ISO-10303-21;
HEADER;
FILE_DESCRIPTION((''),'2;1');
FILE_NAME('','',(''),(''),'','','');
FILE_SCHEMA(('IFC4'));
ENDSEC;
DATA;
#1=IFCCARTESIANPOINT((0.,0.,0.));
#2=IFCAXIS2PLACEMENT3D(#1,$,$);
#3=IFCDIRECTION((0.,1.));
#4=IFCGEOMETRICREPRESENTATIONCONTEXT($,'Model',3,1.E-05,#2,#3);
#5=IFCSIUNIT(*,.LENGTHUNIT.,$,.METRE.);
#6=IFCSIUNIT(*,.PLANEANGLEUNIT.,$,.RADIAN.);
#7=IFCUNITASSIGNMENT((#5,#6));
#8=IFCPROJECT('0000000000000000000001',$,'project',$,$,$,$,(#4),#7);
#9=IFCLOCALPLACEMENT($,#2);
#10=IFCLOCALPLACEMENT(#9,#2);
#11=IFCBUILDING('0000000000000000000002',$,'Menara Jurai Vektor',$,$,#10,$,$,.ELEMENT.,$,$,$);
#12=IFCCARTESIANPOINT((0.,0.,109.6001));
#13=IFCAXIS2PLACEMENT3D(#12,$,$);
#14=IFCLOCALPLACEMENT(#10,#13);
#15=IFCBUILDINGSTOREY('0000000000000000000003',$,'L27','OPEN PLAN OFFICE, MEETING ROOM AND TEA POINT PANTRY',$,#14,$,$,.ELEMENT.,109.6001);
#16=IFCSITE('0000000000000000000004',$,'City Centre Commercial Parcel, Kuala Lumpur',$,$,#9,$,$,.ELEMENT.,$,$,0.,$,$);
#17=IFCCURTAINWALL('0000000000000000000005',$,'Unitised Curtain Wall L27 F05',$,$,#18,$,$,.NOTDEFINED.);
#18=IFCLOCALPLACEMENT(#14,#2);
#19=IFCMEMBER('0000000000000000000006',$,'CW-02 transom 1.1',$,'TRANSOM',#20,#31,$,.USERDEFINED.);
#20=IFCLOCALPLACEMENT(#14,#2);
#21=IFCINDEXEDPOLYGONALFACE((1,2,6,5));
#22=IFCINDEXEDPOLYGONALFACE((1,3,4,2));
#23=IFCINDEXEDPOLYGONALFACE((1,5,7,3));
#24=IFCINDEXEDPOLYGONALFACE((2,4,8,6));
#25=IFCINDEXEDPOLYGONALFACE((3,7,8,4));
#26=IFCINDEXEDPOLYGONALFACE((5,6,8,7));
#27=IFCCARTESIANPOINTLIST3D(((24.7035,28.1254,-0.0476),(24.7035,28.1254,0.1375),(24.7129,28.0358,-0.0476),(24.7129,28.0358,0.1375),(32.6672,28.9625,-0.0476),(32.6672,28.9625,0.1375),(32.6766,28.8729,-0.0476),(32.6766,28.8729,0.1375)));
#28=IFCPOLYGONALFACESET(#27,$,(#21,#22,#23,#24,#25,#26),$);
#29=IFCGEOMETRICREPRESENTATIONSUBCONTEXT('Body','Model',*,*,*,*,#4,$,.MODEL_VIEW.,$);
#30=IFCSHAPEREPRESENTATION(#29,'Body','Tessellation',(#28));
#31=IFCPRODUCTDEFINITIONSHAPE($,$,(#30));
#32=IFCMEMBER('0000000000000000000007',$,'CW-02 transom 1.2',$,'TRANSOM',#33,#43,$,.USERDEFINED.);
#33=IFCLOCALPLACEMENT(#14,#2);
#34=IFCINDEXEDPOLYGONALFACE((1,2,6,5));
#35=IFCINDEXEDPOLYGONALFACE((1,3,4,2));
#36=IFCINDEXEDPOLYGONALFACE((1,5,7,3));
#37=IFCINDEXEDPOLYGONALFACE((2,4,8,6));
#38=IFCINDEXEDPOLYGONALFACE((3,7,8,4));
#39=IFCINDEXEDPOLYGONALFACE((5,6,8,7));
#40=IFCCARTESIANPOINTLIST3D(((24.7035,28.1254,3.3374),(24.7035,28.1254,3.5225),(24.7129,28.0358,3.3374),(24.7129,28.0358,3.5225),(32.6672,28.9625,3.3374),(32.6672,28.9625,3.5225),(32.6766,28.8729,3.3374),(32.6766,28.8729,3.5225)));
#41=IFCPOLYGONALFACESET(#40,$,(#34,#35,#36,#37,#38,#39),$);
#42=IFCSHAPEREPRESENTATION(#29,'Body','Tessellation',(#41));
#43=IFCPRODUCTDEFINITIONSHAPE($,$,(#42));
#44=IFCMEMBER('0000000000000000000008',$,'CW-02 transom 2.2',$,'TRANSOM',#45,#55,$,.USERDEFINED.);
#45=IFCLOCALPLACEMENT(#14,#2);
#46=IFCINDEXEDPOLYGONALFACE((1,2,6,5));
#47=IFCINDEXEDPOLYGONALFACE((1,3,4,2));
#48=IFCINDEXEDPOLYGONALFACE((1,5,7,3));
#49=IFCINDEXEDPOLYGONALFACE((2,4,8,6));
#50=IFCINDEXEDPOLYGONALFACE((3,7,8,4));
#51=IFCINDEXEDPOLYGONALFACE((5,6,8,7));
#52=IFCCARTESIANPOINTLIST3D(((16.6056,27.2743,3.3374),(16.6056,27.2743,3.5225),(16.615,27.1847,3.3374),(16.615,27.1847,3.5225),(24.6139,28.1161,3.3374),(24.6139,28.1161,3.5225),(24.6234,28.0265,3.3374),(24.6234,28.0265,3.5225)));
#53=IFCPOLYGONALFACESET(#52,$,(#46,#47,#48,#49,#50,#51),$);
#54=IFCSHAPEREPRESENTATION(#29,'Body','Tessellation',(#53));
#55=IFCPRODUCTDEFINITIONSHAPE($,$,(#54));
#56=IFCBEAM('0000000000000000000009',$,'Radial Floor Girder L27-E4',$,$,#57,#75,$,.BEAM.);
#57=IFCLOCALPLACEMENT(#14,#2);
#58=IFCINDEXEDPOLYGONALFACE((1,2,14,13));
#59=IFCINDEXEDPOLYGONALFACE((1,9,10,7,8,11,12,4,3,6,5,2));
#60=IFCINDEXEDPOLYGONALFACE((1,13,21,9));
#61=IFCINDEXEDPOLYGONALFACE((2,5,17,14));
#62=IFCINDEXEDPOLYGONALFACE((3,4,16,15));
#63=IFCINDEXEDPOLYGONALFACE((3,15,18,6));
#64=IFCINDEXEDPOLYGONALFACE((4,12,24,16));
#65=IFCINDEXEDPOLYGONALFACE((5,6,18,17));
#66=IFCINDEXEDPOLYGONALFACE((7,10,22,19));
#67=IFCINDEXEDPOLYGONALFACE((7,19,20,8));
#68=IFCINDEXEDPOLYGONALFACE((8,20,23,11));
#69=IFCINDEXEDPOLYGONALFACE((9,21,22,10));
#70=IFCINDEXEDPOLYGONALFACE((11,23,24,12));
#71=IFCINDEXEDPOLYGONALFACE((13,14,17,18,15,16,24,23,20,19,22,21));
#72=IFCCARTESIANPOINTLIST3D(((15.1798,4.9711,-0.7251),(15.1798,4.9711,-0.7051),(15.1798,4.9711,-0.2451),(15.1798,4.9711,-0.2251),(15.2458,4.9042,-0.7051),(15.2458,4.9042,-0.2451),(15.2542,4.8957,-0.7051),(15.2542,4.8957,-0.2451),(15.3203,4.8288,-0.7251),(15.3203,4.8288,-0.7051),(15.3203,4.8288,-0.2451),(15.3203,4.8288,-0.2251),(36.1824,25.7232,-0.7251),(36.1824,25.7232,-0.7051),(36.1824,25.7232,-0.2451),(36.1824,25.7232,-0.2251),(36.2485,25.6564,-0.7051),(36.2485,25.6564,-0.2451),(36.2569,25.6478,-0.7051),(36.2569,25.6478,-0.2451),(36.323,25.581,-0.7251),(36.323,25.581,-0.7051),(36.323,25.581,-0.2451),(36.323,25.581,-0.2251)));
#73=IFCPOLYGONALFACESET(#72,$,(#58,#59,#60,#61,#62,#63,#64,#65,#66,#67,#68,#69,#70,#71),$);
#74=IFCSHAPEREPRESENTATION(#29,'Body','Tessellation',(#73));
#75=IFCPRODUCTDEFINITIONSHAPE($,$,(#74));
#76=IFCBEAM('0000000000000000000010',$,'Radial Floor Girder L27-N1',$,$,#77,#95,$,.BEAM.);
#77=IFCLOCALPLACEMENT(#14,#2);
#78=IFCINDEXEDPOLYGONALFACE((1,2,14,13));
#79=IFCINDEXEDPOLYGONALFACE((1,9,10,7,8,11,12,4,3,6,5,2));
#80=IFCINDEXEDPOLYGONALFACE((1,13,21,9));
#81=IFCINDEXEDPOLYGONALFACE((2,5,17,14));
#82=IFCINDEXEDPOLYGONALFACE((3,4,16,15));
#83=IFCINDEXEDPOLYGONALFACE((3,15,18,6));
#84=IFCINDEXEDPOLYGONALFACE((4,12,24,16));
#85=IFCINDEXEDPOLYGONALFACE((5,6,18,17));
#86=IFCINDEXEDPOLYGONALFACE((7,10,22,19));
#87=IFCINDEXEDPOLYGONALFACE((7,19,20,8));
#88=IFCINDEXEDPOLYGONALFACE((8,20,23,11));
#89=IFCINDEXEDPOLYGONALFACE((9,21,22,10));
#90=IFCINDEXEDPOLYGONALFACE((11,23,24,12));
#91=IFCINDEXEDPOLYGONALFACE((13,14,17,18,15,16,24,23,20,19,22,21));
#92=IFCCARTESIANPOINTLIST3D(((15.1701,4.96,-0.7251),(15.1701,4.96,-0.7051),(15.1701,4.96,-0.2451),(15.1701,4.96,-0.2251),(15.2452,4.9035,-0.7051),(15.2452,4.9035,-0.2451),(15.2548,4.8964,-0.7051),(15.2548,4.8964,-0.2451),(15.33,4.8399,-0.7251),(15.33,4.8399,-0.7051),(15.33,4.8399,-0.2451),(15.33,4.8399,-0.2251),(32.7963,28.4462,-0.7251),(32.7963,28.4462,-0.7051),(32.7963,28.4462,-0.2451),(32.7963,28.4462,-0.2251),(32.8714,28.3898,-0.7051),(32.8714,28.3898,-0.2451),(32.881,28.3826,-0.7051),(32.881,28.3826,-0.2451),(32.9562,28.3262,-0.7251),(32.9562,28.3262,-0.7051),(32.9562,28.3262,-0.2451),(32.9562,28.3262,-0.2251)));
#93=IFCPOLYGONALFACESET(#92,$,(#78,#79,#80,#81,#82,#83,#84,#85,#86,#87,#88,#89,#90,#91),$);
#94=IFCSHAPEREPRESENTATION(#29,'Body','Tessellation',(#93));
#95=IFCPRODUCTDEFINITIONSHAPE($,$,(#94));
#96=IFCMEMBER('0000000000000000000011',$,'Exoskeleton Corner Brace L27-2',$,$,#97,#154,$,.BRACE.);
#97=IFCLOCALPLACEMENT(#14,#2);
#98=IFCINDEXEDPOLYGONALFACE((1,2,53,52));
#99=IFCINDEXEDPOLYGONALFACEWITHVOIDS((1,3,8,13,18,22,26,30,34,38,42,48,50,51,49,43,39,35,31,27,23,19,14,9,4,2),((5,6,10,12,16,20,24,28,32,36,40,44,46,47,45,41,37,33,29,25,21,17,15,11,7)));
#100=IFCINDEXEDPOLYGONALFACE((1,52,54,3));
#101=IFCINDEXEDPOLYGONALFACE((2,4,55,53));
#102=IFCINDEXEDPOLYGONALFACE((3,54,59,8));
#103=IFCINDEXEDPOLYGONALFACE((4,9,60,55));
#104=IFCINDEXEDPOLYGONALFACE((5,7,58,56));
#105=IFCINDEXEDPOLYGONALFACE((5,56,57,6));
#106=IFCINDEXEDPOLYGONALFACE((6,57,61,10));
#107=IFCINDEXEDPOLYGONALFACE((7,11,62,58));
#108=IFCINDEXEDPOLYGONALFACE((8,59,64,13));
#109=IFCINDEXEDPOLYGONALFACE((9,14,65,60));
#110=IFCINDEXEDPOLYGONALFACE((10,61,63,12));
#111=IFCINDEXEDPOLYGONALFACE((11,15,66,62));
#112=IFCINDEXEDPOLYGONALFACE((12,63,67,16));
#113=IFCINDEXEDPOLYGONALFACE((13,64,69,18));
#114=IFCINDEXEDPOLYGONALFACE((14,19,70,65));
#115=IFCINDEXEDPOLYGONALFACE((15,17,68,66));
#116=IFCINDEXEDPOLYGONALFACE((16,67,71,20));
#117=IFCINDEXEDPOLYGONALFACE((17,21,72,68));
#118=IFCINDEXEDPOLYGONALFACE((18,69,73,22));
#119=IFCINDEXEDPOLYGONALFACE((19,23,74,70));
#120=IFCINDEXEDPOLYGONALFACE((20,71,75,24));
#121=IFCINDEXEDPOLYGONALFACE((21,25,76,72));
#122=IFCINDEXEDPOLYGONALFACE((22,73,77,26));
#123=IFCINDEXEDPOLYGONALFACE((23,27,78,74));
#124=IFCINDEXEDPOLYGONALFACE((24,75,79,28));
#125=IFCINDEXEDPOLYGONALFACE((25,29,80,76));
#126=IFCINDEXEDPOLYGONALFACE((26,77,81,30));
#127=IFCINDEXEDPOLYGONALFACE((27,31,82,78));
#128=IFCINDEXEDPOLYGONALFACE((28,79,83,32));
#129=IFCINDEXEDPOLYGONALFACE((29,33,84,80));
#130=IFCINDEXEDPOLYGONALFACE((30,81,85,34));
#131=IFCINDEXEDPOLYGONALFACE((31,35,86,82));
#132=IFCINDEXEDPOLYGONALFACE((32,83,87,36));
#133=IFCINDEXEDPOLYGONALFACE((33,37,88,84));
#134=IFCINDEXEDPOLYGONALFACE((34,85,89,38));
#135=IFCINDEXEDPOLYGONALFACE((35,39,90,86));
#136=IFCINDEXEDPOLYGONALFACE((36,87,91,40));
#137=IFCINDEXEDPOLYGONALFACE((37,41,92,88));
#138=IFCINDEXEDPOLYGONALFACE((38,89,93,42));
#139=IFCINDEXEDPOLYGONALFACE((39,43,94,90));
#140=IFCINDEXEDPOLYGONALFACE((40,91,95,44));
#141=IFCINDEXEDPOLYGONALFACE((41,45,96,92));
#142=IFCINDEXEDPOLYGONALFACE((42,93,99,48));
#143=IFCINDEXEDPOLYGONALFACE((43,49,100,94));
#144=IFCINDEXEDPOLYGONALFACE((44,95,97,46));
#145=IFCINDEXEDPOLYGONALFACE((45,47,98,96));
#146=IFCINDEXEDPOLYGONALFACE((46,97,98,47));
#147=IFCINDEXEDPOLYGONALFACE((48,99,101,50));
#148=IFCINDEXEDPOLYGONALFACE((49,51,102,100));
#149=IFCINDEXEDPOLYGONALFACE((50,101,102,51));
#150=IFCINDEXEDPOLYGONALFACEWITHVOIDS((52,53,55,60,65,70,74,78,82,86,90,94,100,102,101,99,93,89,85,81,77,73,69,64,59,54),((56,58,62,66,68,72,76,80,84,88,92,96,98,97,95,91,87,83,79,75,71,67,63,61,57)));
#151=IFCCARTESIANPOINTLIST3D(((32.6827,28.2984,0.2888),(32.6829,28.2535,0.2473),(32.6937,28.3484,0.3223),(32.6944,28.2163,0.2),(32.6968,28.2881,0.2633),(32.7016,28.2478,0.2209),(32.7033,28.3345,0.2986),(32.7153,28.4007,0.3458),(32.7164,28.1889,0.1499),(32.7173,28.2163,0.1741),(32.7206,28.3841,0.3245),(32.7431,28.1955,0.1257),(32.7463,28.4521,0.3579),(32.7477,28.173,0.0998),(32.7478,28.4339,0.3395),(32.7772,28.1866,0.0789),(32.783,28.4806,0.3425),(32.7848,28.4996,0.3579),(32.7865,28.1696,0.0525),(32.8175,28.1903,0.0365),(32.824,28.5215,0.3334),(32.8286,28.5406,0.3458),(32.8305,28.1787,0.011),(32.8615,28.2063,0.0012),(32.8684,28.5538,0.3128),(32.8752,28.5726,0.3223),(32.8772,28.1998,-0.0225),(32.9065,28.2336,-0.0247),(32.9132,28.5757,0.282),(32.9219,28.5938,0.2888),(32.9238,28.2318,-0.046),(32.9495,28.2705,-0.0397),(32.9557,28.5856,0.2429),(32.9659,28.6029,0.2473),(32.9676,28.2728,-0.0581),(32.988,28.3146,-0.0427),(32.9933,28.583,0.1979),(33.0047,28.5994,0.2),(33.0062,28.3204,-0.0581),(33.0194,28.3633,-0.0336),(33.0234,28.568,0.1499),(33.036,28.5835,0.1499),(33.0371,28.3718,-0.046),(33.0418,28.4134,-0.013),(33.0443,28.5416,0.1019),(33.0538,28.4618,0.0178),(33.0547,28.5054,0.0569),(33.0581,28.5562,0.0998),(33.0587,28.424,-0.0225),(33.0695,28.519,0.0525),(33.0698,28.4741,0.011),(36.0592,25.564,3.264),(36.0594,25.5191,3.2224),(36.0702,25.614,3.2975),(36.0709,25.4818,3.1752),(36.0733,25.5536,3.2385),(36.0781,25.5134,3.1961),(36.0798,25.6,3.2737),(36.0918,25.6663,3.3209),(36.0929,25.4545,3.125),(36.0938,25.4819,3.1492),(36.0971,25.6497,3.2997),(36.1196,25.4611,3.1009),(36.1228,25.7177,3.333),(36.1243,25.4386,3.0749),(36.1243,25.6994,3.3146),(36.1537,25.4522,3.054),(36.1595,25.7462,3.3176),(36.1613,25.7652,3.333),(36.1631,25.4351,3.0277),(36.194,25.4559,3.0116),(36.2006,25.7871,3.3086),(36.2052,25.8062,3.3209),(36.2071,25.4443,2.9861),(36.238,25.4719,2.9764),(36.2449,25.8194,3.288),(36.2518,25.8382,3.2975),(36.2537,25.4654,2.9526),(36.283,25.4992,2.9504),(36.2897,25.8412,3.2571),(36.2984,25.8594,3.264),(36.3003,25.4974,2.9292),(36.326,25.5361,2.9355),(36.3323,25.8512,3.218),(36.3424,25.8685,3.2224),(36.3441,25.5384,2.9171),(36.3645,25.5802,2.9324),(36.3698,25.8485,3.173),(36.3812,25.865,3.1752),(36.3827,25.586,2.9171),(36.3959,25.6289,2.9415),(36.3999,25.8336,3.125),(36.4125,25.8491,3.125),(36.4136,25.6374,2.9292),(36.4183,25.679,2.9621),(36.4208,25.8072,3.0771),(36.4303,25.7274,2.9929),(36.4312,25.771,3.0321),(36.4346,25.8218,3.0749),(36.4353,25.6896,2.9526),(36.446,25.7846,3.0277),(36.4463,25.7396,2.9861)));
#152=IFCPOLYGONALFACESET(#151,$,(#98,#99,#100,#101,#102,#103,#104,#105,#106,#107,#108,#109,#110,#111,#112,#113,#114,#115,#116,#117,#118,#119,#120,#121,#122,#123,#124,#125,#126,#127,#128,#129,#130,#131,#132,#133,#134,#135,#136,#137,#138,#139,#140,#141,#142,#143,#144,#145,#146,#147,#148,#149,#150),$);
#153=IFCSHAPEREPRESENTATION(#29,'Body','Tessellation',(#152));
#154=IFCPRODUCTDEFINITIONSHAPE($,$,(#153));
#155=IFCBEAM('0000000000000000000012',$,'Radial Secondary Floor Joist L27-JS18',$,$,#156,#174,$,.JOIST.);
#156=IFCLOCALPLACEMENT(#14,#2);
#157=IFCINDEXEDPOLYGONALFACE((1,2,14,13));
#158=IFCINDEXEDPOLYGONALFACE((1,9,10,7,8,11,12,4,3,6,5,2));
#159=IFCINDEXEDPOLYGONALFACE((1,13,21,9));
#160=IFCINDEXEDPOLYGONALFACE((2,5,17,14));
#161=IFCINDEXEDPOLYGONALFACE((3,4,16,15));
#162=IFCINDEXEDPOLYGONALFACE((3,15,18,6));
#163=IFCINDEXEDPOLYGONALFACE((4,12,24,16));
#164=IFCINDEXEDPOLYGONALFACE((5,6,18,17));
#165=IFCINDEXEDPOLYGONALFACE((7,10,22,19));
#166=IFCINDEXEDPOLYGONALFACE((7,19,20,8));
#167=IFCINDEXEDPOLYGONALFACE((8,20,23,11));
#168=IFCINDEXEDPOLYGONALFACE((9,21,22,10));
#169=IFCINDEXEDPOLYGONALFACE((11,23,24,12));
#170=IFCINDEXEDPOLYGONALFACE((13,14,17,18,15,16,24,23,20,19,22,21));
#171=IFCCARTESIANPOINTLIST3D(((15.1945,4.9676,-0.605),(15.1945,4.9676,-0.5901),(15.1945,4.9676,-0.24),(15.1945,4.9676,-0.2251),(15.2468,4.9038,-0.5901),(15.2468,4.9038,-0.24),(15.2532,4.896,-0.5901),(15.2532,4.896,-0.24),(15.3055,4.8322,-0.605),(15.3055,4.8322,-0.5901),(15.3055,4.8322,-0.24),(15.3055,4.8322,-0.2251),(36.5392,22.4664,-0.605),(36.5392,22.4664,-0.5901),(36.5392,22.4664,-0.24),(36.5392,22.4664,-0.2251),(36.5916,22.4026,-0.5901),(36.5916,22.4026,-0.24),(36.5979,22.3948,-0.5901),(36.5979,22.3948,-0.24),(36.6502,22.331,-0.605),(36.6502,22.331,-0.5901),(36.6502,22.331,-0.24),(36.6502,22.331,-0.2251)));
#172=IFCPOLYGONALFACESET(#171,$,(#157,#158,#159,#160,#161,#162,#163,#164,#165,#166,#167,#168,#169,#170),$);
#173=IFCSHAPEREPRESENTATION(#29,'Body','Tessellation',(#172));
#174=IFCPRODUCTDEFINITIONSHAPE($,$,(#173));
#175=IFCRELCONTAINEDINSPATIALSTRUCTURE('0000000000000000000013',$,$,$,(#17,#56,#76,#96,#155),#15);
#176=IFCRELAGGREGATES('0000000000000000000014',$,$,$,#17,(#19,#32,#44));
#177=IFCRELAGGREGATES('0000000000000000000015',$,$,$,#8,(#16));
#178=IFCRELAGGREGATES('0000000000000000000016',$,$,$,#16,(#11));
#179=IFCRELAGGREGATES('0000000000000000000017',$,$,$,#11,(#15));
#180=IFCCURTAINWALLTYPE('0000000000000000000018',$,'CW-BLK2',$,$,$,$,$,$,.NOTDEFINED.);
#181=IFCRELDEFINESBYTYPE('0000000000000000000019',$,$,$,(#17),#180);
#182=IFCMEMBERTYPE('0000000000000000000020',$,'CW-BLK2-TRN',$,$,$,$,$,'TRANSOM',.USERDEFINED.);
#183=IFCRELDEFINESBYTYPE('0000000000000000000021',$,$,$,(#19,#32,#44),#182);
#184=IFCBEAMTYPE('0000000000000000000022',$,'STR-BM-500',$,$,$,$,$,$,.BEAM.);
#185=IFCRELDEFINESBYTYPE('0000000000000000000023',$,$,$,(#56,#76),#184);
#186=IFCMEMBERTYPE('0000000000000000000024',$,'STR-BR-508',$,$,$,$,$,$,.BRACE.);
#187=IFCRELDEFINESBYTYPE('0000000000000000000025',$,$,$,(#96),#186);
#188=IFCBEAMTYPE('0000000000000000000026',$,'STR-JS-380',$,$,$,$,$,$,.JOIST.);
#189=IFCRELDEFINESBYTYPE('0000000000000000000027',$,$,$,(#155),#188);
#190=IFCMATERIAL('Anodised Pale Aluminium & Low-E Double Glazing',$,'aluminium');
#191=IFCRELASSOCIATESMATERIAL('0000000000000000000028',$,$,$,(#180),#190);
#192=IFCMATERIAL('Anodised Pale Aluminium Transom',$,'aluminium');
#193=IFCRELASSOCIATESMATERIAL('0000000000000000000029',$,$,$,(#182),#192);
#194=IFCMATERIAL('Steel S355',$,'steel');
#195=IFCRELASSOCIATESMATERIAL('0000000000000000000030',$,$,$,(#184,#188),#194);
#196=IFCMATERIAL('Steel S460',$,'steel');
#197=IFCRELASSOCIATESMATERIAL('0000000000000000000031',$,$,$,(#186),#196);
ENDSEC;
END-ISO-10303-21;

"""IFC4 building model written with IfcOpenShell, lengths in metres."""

from ifc_helpers import new_model, si_unit, direction, frame, origin, origin_2d, place, context, subcontext, project, spatial, rectangle, hollow_circle, i_section, extrude, material, material_profile, profile_set, type_object, element, aggregate, save


model = new_model("IFC4")

# Units and contexts
model_context = context("Model", 3, precision=1e-05, world=origin(), true_north=direction((0.0, 1.0)))
body_context = subcontext(model_context, "Body", "Model", "MODEL_VIEW")
ifc_project = project(units=[si_unit("LENGTHUNIT", "METRE"), si_unit("PLANEANGLEUNIT", "RADIAN")], contexts=[model_context])

# Site, building, storey
site_placement = place(None, origin())
site = spatial("IfcSite", under=ifc_project, at=site_placement, Name="City Centre Commercial Parcel, Kuala Lumpur", CompositionType="ELEMENT", RefElevation=0.0)
building_placement = place(site_placement, origin())
building = spatial("IfcBuilding", under=site, at=building_placement, Name="Menara Jurai Vektor", CompositionType="ELEMENT")
storey_placement = place(building_placement, frame((0.0, 0.0, 109.6001)))
storey = spatial("IfcBuildingStorey", under=building, at=storey_placement, Name="L27", Description="OPEN PLAN OFFICE, MEETING ROOM AND TEA POINT PANTRY", CompositionType="ELEMENT", Elevation=109.6001)

# Shared definitions
ifc_material_1 = material(Name="Steel S460", Category="steel")

# Shared definitions
ifc_material_2 = material(Name="Anodised Pale Aluminium & Low-E Double Glazing", Category="aluminium")
curtain_wall_type = type_object("IfcCurtainWallType", Name="CW-BLK2", PredefinedType="NOTDEFINED", material=ifc_material_2)

# Curtain wall
curtain_wall_1_placement = place(storey_placement, origin())
curtain_wall_1 = element("IfcCurtainWall", 1, at=curtain_wall_1_placement, inside=storey, type_object=curtain_wall_type, Name="Unitised Curtain Wall L27 F05", PredefinedType="NOTDEFINED")

# Members
ifc_material_3 = material(Name="Anodised Pale Aluminium Transom", Category="aluminium")
ifc_material_profile_1 = material_profile(ifc_material_3, rectangle(XDim=0.0901, YDim=0.1851, at=origin_2d()), Name="ALU TRN 90x185")
ifc_profile_set_1 = profile_set([ifc_material_profile_1], Name="Anodised Pale Aluminium Transom")
member_type_1 = type_object("IfcMemberType", Name="CW-BLK2-TRN", ElementType="TRANSOM", PredefinedType="USERDEFINED", material=ifc_profile_set_1)
member_1_placement = place(storey_placement, frame((32.6719, 28.9177, 0.0449), z_axis=(-0.99452, -0.104547, 0.0), x_axis=(0.104547, -0.99452, 0.0)))
member_1 = element("IfcMember", 2, at=member_1_placement, type_object=member_type_1, Name="CW-02 transom 1.1", ObjectType="TRANSOM", PredefinedType="USERDEFINED", context=body_context, shape_type="SweptSolid", body=[
    extrude(rectangle(XDim=0.0901, YDim=0.1851, at=origin_2d()), origin(), (0.0, 0.0, 1.0), 8.0076),
])
member_2_placement = place(storey_placement, frame((32.6719, 28.9177, 3.4299), z_axis=(-0.99452, -0.104547, 0.0), x_axis=(0.104547, -0.99452, 0.0)))
member_2 = element("IfcMember", 3, at=member_2_placement, type_object=member_type_1, Name="CW-02 transom 1.2", ObjectType="TRANSOM", PredefinedType="USERDEFINED", context=body_context, shape_type="SweptSolid", body=[
    extrude(rectangle(XDim=0.0901, YDim=0.1851, at=origin_2d()), origin(), (0.0, 0.0, 1.0), 8.0076),
])
member_3_placement = place(storey_placement, frame((24.6187, 28.0713, 3.4299), z_axis=(-0.994521, -0.10454, 0.0), x_axis=(0.10454, -0.994521, 0.0)))
member_3 = element("IfcMember", 4, at=member_3_placement, type_object=member_type_1, Name="CW-02 transom 2.2", ObjectType="TRANSOM", PredefinedType="USERDEFINED", context=body_context, shape_type="SweptSolid", body=[
    extrude(rectangle(XDim=0.0901, YDim=0.1851, at=origin_2d()), origin(), (0.0, 0.0, 1.0), 8.0525),
])

# Beams
ifc_material_4 = material(Name="Steel S355", Category="steel")
ifc_material_profile_2 = material_profile(ifc_material_4, i_section(OverallWidth=0.2, OverallDepth=0.5, WebThickness=0.012, FlangeThickness=0.02, at=origin_2d()), Name="PG 500x200x96")
ifc_profile_set_2 = profile_set([ifc_material_profile_2], Name="Steel S355")
beam_type_1 = type_object("IfcBeamType", Name="STR-BM-500", PredefinedType="BEAM", material=ifc_profile_set_2)
beam_1_placement = place(storey_placement, frame((36.2527, 25.6521, -0.4751), z_axis=(-0.711336, -0.702852, 0.0), x_axis=(0.702852, -0.711336, 0.0)))
element("IfcBeam", 5, at=beam_1_placement, inside=storey, type_object=beam_type_1, Name="Radial Floor Girder L27-E4", PredefinedType="BEAM", context=body_context, shape_type="SweptSolid", body=[
    extrude(i_section(OverallWidth=0.2, OverallDepth=0.5, WebThickness=0.012, FlangeThickness=0.02, at=origin_2d()), origin(), (0.0, 0.0, 1.0), 29.5256),
])
beam_2_placement = place(storey_placement, frame((32.8762, 28.3862, -0.4751), z_axis=(-0.60025, -0.799812, 0.0), x_axis=(0.799812, -0.60025, 0.0)))
element("IfcBeam", 6, at=beam_2_placement, inside=storey, type_object=beam_type_1, Name="Radial Floor Girder L27-N1", PredefinedType="BEAM", context=body_context, shape_type="SweptSolid", body=[
    extrude(i_section(OverallWidth=0.2, OverallDepth=0.5, WebThickness=0.012, FlangeThickness=0.02, at=origin_2d()), origin(), (0.0, 0.0, 1.0), 29.3647),
])

# Member
ifc_material_profile_3 = material_profile(ifc_material_1, hollow_circle(Radius=0.2539, WallThickness=0.02, at=origin_2d()), Name="CHS 508x20")
ifc_profile_set_3 = profile_set([ifc_material_profile_3], Name="Steel S460")
member_type_2 = type_object("IfcMemberType", Name="STR-BR-508", PredefinedType="BRACE", material=ifc_profile_set_3)
member_4_placement = place(storey_placement, frame((32.8762, 28.3862, 0.1499), z_axis=(0.641208, -0.519272, 0.564986), x_axis=(0.629344, 0.777127, 0.0)))
element("IfcMember", 7, at=member_4_placement, inside=storey, type_object=member_type_2, Name="Exoskeleton Corner Brace L27-2", PredefinedType="BRACE", context=body_context, shape_type="SweptSolid", body=[
    extrude(hollow_circle(Radius=0.2539, WallThickness=0.02, at=origin_2d()), origin(), (0.0, 0.0, 1.0), 5.2659),
])

# Beam
ifc_material_profile_4 = material_profile(ifc_material_4, i_section(OverallWidth=0.175, OverallDepth=0.3799, WebThickness=0.01, FlangeThickness=0.0149, at=origin_2d()), Name="PG 380x175x58")
ifc_profile_set_4 = profile_set([ifc_material_profile_4], Name="Steel S355")
beam_type_2 = type_object("IfcBeamType", Name="STR-JS-380", PredefinedType="JOIST", material=ifc_profile_set_4)
beam_3_placement = place(storey_placement, frame((36.5947, 22.3987, -0.415), z_axis=(-0.773337, -0.633995, 0.0), x_axis=(0.633995, -0.773337, 0.0)))
element("IfcBeam", 8, at=beam_3_placement, inside=storey, type_object=beam_type_2, Name="Radial Secondary Floor Joist L27-JS18", PredefinedType="JOIST", context=body_context, shape_type="SweptSolid", body=[
    extrude(i_section(OverallWidth=0.175, OverallDepth=0.3799, WebThickness=0.01, FlangeThickness=0.0149, at=origin_2d()), origin(), (0.0, 0.0, 1.0), 27.6008),
])

aggregate(curtain_wall_1, [member_1, member_2, member_3])

save(model, "model.ifc")
